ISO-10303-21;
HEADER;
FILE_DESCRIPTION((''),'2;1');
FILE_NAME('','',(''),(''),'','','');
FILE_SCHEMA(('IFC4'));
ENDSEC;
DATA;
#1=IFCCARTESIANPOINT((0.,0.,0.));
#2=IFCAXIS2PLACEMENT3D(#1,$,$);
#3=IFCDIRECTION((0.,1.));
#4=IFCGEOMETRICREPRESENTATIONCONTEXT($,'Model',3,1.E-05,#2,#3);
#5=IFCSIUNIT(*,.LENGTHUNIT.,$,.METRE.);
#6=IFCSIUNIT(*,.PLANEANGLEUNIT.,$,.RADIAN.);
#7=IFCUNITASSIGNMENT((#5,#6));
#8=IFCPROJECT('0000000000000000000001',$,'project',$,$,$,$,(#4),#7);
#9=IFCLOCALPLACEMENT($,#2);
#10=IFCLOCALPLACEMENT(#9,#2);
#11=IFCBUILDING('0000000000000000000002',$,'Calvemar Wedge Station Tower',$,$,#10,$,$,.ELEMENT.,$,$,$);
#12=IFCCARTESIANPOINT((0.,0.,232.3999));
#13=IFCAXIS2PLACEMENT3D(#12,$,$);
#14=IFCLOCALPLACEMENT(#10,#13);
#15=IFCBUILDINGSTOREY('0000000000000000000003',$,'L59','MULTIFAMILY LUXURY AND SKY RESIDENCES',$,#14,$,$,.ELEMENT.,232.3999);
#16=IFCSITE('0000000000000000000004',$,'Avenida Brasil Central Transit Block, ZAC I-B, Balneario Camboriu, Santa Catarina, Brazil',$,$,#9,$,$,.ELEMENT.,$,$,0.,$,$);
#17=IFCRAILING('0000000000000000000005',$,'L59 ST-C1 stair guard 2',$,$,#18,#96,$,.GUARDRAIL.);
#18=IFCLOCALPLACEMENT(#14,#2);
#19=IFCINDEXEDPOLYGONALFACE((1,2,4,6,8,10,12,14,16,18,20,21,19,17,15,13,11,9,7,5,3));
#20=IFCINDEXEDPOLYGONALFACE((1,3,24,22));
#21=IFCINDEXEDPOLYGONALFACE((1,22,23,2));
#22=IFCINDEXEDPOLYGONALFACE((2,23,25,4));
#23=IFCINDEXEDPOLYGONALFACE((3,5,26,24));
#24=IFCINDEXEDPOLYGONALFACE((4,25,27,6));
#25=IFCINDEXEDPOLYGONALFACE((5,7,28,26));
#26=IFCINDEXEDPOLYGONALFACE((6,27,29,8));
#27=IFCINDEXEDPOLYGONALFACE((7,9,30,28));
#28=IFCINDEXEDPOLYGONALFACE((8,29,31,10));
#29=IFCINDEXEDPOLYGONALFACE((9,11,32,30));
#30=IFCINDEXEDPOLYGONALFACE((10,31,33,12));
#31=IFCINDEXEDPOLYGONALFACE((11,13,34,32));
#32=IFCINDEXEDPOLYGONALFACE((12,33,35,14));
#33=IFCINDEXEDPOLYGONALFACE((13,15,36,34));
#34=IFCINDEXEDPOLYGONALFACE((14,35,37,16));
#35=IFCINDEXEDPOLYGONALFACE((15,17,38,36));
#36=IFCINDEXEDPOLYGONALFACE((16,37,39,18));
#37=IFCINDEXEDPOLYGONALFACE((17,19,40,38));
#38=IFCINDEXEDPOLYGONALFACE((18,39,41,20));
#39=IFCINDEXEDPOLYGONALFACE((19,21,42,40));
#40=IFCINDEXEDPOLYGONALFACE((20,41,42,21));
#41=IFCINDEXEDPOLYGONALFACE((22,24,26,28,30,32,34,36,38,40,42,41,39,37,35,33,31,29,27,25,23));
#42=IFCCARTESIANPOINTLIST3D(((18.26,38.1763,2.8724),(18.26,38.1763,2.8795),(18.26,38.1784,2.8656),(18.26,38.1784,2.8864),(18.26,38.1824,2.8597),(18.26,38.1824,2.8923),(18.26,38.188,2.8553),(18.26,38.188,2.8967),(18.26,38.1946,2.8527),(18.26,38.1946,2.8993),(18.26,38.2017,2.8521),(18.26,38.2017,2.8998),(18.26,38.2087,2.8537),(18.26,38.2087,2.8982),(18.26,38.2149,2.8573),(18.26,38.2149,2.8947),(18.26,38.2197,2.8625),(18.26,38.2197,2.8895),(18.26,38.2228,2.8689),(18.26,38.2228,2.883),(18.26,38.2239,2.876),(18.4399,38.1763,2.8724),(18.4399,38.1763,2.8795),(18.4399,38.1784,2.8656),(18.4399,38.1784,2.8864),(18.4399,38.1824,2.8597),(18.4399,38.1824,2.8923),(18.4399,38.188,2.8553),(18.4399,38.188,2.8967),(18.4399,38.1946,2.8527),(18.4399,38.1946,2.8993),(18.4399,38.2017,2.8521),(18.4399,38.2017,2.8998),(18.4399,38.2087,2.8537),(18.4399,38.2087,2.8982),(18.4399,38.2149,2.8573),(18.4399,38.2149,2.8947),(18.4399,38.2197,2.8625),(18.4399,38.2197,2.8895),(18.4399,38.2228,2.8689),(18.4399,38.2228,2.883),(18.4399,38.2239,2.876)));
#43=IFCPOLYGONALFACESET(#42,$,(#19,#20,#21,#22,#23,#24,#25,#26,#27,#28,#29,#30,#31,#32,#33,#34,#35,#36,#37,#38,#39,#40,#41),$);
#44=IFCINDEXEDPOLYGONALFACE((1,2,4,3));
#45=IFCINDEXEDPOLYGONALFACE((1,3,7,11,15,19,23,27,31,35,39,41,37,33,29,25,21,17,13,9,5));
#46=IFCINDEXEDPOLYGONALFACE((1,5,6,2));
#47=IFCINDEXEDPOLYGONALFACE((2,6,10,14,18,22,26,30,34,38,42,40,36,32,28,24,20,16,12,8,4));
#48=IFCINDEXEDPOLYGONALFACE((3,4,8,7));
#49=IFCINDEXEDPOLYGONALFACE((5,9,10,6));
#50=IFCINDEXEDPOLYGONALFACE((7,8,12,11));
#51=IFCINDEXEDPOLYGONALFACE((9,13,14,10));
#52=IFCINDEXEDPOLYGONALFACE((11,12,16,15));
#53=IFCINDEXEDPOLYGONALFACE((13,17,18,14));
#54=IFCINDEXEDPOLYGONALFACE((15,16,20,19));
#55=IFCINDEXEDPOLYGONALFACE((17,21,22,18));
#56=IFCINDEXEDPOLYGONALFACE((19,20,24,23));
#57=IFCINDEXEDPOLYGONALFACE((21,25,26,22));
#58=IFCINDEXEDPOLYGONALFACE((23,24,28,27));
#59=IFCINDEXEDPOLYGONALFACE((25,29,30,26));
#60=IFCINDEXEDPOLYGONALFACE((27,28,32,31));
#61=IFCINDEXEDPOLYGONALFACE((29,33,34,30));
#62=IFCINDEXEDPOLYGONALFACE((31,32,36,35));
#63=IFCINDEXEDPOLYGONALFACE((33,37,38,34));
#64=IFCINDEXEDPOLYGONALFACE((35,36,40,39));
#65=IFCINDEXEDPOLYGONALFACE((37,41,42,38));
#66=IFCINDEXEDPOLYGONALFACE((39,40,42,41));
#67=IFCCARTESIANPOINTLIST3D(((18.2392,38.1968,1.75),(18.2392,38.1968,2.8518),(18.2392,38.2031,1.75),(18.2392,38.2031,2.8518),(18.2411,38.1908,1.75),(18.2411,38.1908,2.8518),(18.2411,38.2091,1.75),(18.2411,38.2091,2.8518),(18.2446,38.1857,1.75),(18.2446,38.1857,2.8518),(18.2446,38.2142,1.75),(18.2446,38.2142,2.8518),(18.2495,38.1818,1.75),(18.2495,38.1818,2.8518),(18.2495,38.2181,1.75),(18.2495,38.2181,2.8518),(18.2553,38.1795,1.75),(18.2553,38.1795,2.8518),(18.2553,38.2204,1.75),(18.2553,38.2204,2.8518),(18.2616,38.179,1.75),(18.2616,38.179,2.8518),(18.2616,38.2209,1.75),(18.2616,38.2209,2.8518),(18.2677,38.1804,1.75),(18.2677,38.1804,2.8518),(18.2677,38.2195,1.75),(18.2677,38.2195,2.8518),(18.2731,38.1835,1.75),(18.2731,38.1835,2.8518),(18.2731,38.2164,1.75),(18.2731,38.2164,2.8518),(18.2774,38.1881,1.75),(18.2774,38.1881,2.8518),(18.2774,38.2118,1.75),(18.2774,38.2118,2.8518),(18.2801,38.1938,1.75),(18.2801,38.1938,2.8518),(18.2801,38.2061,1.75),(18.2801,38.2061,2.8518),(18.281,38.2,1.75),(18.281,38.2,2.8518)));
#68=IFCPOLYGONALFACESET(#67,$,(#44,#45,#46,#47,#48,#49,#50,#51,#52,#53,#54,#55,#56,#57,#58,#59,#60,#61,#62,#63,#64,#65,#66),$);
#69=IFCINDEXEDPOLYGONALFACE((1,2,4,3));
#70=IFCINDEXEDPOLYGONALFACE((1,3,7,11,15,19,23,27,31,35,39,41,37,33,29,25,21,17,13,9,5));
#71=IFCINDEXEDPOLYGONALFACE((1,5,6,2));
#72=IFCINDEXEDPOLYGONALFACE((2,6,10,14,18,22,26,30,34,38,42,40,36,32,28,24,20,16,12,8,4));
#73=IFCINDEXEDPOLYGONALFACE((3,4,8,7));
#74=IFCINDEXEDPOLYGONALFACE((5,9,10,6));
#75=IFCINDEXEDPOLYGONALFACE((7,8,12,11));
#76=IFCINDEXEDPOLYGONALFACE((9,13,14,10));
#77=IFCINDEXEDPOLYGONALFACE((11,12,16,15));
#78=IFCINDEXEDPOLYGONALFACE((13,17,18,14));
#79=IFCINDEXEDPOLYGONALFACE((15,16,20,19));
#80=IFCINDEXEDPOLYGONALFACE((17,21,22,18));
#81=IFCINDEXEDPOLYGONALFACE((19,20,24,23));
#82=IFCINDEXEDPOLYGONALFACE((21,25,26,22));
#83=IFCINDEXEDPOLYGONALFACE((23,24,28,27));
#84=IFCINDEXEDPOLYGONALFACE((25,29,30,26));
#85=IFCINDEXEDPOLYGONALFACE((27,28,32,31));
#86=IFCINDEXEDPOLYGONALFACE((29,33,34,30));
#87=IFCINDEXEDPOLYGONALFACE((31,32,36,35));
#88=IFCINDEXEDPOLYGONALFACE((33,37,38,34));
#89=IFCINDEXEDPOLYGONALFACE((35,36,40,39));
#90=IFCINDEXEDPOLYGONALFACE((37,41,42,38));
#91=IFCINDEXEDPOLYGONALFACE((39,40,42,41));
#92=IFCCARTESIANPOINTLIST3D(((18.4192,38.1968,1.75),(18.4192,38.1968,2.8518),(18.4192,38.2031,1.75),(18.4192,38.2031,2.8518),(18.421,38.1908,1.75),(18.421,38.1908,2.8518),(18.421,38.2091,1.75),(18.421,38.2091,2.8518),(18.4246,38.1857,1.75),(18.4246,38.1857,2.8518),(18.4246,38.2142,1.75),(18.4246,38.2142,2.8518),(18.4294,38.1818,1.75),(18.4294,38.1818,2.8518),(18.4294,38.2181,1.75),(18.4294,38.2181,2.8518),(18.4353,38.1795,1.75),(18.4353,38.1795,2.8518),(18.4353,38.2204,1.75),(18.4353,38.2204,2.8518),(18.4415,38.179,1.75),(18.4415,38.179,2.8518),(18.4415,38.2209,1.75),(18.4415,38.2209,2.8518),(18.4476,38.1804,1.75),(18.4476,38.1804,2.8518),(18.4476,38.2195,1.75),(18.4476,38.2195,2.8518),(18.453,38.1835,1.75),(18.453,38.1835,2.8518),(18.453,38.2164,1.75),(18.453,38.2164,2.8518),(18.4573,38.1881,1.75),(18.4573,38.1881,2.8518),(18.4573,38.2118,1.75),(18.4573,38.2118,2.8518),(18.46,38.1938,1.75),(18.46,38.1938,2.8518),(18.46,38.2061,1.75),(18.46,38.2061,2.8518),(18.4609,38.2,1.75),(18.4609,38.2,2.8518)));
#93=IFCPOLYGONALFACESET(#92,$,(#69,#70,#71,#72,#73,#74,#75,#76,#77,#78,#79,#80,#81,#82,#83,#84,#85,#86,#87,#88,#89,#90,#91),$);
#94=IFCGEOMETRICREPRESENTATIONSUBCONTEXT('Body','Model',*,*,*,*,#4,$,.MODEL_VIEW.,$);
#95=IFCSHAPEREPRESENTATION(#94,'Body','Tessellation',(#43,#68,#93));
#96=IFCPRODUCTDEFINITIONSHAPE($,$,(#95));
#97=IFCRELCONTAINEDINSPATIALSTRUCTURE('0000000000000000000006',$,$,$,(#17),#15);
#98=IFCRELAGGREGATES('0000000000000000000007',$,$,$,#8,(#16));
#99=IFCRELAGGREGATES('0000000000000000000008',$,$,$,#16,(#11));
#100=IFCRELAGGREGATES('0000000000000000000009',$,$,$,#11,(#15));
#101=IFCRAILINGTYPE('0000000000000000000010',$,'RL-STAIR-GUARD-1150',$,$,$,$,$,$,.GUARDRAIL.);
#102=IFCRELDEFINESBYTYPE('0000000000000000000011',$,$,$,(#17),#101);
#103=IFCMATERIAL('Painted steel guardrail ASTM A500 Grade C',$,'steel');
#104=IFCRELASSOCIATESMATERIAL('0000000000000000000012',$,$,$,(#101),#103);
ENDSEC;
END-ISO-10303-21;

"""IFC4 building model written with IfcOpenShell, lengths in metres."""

from ifc_helpers import new_model, si_unit, direction, frame, origin, origin_2d, place, context, subcontext, project, spatial, circle, extrude, material, type_object, element, save


model = new_model("IFC4")

# Units and contexts
model_context = context("Model", 3, precision=1e-05, world=origin(), true_north=direction((0.0, 1.0)))
body_context = subcontext(model_context, "Body", "Model", "MODEL_VIEW")
ifc_project = project(units=[si_unit("LENGTHUNIT", "METRE"), si_unit("PLANEANGLEUNIT", "RADIAN")], contexts=[model_context])

# Site, building, storey
site_placement = place(None, origin())
site = spatial("IfcSite", under=ifc_project, at=site_placement, Name="Avenida Brasil Central Transit Block, ZAC I-B, Balneario Camboriu, Santa Catarina, Brazil", CompositionType="ELEMENT", RefElevation=0.0)
building_placement = place(site_placement, origin())
building = spatial("IfcBuilding", under=site, at=building_placement, Name="Calvemar Wedge Station Tower", CompositionType="ELEMENT")
storey_placement = place(building_placement, frame((0.0, 0.0, 232.3999)))
storey = spatial("IfcBuildingStorey", under=building, at=storey_placement, Name="L59", Description="MULTIFAMILY LUXURY AND SKY RESIDENCES", CompositionType="ELEMENT", Elevation=232.3999)

# Railing
ifc_material_1 = material(Name="Painted steel guardrail ASTM A500 Grade C", Category="steel")
railing_type_1 = type_object("IfcRailingType", Name="RL-STAIR-GUARD-1150", PredefinedType="GUARDRAIL", material=ifc_material_1)
railing_1_placement = place(storey_placement, frame((18.26, 38.2, 1.75)))
element("IfcRailing", 1, at=railing_1_placement, inside=storey, type_object=railing_type_1, Name="L59 ST-C1 stair guard 2", PredefinedType="GUARDRAIL", context=body_context, shape_type="SweptSolid", body=[
    extrude(circle(Radius=0.0239, at=origin_2d()), frame((0.0, 0.0, 1.126), z_axis=(1.0, 0.0, 0.0), x_axis=(0.0, 1.0, 0.0)), (0.0, 0.0, 1.0), 0.1799),
    extrude(circle(Radius=0.021, at=origin_2d()), origin(), (0.0, 0.0, 1.0), 1.1018),
    extrude(circle(Radius=0.021, at=origin_2d()), frame((0.1799, 0.0, 0.0)), (0.0, 0.0, 1.0), 1.1018),
])

save(model, "model.ifc")
